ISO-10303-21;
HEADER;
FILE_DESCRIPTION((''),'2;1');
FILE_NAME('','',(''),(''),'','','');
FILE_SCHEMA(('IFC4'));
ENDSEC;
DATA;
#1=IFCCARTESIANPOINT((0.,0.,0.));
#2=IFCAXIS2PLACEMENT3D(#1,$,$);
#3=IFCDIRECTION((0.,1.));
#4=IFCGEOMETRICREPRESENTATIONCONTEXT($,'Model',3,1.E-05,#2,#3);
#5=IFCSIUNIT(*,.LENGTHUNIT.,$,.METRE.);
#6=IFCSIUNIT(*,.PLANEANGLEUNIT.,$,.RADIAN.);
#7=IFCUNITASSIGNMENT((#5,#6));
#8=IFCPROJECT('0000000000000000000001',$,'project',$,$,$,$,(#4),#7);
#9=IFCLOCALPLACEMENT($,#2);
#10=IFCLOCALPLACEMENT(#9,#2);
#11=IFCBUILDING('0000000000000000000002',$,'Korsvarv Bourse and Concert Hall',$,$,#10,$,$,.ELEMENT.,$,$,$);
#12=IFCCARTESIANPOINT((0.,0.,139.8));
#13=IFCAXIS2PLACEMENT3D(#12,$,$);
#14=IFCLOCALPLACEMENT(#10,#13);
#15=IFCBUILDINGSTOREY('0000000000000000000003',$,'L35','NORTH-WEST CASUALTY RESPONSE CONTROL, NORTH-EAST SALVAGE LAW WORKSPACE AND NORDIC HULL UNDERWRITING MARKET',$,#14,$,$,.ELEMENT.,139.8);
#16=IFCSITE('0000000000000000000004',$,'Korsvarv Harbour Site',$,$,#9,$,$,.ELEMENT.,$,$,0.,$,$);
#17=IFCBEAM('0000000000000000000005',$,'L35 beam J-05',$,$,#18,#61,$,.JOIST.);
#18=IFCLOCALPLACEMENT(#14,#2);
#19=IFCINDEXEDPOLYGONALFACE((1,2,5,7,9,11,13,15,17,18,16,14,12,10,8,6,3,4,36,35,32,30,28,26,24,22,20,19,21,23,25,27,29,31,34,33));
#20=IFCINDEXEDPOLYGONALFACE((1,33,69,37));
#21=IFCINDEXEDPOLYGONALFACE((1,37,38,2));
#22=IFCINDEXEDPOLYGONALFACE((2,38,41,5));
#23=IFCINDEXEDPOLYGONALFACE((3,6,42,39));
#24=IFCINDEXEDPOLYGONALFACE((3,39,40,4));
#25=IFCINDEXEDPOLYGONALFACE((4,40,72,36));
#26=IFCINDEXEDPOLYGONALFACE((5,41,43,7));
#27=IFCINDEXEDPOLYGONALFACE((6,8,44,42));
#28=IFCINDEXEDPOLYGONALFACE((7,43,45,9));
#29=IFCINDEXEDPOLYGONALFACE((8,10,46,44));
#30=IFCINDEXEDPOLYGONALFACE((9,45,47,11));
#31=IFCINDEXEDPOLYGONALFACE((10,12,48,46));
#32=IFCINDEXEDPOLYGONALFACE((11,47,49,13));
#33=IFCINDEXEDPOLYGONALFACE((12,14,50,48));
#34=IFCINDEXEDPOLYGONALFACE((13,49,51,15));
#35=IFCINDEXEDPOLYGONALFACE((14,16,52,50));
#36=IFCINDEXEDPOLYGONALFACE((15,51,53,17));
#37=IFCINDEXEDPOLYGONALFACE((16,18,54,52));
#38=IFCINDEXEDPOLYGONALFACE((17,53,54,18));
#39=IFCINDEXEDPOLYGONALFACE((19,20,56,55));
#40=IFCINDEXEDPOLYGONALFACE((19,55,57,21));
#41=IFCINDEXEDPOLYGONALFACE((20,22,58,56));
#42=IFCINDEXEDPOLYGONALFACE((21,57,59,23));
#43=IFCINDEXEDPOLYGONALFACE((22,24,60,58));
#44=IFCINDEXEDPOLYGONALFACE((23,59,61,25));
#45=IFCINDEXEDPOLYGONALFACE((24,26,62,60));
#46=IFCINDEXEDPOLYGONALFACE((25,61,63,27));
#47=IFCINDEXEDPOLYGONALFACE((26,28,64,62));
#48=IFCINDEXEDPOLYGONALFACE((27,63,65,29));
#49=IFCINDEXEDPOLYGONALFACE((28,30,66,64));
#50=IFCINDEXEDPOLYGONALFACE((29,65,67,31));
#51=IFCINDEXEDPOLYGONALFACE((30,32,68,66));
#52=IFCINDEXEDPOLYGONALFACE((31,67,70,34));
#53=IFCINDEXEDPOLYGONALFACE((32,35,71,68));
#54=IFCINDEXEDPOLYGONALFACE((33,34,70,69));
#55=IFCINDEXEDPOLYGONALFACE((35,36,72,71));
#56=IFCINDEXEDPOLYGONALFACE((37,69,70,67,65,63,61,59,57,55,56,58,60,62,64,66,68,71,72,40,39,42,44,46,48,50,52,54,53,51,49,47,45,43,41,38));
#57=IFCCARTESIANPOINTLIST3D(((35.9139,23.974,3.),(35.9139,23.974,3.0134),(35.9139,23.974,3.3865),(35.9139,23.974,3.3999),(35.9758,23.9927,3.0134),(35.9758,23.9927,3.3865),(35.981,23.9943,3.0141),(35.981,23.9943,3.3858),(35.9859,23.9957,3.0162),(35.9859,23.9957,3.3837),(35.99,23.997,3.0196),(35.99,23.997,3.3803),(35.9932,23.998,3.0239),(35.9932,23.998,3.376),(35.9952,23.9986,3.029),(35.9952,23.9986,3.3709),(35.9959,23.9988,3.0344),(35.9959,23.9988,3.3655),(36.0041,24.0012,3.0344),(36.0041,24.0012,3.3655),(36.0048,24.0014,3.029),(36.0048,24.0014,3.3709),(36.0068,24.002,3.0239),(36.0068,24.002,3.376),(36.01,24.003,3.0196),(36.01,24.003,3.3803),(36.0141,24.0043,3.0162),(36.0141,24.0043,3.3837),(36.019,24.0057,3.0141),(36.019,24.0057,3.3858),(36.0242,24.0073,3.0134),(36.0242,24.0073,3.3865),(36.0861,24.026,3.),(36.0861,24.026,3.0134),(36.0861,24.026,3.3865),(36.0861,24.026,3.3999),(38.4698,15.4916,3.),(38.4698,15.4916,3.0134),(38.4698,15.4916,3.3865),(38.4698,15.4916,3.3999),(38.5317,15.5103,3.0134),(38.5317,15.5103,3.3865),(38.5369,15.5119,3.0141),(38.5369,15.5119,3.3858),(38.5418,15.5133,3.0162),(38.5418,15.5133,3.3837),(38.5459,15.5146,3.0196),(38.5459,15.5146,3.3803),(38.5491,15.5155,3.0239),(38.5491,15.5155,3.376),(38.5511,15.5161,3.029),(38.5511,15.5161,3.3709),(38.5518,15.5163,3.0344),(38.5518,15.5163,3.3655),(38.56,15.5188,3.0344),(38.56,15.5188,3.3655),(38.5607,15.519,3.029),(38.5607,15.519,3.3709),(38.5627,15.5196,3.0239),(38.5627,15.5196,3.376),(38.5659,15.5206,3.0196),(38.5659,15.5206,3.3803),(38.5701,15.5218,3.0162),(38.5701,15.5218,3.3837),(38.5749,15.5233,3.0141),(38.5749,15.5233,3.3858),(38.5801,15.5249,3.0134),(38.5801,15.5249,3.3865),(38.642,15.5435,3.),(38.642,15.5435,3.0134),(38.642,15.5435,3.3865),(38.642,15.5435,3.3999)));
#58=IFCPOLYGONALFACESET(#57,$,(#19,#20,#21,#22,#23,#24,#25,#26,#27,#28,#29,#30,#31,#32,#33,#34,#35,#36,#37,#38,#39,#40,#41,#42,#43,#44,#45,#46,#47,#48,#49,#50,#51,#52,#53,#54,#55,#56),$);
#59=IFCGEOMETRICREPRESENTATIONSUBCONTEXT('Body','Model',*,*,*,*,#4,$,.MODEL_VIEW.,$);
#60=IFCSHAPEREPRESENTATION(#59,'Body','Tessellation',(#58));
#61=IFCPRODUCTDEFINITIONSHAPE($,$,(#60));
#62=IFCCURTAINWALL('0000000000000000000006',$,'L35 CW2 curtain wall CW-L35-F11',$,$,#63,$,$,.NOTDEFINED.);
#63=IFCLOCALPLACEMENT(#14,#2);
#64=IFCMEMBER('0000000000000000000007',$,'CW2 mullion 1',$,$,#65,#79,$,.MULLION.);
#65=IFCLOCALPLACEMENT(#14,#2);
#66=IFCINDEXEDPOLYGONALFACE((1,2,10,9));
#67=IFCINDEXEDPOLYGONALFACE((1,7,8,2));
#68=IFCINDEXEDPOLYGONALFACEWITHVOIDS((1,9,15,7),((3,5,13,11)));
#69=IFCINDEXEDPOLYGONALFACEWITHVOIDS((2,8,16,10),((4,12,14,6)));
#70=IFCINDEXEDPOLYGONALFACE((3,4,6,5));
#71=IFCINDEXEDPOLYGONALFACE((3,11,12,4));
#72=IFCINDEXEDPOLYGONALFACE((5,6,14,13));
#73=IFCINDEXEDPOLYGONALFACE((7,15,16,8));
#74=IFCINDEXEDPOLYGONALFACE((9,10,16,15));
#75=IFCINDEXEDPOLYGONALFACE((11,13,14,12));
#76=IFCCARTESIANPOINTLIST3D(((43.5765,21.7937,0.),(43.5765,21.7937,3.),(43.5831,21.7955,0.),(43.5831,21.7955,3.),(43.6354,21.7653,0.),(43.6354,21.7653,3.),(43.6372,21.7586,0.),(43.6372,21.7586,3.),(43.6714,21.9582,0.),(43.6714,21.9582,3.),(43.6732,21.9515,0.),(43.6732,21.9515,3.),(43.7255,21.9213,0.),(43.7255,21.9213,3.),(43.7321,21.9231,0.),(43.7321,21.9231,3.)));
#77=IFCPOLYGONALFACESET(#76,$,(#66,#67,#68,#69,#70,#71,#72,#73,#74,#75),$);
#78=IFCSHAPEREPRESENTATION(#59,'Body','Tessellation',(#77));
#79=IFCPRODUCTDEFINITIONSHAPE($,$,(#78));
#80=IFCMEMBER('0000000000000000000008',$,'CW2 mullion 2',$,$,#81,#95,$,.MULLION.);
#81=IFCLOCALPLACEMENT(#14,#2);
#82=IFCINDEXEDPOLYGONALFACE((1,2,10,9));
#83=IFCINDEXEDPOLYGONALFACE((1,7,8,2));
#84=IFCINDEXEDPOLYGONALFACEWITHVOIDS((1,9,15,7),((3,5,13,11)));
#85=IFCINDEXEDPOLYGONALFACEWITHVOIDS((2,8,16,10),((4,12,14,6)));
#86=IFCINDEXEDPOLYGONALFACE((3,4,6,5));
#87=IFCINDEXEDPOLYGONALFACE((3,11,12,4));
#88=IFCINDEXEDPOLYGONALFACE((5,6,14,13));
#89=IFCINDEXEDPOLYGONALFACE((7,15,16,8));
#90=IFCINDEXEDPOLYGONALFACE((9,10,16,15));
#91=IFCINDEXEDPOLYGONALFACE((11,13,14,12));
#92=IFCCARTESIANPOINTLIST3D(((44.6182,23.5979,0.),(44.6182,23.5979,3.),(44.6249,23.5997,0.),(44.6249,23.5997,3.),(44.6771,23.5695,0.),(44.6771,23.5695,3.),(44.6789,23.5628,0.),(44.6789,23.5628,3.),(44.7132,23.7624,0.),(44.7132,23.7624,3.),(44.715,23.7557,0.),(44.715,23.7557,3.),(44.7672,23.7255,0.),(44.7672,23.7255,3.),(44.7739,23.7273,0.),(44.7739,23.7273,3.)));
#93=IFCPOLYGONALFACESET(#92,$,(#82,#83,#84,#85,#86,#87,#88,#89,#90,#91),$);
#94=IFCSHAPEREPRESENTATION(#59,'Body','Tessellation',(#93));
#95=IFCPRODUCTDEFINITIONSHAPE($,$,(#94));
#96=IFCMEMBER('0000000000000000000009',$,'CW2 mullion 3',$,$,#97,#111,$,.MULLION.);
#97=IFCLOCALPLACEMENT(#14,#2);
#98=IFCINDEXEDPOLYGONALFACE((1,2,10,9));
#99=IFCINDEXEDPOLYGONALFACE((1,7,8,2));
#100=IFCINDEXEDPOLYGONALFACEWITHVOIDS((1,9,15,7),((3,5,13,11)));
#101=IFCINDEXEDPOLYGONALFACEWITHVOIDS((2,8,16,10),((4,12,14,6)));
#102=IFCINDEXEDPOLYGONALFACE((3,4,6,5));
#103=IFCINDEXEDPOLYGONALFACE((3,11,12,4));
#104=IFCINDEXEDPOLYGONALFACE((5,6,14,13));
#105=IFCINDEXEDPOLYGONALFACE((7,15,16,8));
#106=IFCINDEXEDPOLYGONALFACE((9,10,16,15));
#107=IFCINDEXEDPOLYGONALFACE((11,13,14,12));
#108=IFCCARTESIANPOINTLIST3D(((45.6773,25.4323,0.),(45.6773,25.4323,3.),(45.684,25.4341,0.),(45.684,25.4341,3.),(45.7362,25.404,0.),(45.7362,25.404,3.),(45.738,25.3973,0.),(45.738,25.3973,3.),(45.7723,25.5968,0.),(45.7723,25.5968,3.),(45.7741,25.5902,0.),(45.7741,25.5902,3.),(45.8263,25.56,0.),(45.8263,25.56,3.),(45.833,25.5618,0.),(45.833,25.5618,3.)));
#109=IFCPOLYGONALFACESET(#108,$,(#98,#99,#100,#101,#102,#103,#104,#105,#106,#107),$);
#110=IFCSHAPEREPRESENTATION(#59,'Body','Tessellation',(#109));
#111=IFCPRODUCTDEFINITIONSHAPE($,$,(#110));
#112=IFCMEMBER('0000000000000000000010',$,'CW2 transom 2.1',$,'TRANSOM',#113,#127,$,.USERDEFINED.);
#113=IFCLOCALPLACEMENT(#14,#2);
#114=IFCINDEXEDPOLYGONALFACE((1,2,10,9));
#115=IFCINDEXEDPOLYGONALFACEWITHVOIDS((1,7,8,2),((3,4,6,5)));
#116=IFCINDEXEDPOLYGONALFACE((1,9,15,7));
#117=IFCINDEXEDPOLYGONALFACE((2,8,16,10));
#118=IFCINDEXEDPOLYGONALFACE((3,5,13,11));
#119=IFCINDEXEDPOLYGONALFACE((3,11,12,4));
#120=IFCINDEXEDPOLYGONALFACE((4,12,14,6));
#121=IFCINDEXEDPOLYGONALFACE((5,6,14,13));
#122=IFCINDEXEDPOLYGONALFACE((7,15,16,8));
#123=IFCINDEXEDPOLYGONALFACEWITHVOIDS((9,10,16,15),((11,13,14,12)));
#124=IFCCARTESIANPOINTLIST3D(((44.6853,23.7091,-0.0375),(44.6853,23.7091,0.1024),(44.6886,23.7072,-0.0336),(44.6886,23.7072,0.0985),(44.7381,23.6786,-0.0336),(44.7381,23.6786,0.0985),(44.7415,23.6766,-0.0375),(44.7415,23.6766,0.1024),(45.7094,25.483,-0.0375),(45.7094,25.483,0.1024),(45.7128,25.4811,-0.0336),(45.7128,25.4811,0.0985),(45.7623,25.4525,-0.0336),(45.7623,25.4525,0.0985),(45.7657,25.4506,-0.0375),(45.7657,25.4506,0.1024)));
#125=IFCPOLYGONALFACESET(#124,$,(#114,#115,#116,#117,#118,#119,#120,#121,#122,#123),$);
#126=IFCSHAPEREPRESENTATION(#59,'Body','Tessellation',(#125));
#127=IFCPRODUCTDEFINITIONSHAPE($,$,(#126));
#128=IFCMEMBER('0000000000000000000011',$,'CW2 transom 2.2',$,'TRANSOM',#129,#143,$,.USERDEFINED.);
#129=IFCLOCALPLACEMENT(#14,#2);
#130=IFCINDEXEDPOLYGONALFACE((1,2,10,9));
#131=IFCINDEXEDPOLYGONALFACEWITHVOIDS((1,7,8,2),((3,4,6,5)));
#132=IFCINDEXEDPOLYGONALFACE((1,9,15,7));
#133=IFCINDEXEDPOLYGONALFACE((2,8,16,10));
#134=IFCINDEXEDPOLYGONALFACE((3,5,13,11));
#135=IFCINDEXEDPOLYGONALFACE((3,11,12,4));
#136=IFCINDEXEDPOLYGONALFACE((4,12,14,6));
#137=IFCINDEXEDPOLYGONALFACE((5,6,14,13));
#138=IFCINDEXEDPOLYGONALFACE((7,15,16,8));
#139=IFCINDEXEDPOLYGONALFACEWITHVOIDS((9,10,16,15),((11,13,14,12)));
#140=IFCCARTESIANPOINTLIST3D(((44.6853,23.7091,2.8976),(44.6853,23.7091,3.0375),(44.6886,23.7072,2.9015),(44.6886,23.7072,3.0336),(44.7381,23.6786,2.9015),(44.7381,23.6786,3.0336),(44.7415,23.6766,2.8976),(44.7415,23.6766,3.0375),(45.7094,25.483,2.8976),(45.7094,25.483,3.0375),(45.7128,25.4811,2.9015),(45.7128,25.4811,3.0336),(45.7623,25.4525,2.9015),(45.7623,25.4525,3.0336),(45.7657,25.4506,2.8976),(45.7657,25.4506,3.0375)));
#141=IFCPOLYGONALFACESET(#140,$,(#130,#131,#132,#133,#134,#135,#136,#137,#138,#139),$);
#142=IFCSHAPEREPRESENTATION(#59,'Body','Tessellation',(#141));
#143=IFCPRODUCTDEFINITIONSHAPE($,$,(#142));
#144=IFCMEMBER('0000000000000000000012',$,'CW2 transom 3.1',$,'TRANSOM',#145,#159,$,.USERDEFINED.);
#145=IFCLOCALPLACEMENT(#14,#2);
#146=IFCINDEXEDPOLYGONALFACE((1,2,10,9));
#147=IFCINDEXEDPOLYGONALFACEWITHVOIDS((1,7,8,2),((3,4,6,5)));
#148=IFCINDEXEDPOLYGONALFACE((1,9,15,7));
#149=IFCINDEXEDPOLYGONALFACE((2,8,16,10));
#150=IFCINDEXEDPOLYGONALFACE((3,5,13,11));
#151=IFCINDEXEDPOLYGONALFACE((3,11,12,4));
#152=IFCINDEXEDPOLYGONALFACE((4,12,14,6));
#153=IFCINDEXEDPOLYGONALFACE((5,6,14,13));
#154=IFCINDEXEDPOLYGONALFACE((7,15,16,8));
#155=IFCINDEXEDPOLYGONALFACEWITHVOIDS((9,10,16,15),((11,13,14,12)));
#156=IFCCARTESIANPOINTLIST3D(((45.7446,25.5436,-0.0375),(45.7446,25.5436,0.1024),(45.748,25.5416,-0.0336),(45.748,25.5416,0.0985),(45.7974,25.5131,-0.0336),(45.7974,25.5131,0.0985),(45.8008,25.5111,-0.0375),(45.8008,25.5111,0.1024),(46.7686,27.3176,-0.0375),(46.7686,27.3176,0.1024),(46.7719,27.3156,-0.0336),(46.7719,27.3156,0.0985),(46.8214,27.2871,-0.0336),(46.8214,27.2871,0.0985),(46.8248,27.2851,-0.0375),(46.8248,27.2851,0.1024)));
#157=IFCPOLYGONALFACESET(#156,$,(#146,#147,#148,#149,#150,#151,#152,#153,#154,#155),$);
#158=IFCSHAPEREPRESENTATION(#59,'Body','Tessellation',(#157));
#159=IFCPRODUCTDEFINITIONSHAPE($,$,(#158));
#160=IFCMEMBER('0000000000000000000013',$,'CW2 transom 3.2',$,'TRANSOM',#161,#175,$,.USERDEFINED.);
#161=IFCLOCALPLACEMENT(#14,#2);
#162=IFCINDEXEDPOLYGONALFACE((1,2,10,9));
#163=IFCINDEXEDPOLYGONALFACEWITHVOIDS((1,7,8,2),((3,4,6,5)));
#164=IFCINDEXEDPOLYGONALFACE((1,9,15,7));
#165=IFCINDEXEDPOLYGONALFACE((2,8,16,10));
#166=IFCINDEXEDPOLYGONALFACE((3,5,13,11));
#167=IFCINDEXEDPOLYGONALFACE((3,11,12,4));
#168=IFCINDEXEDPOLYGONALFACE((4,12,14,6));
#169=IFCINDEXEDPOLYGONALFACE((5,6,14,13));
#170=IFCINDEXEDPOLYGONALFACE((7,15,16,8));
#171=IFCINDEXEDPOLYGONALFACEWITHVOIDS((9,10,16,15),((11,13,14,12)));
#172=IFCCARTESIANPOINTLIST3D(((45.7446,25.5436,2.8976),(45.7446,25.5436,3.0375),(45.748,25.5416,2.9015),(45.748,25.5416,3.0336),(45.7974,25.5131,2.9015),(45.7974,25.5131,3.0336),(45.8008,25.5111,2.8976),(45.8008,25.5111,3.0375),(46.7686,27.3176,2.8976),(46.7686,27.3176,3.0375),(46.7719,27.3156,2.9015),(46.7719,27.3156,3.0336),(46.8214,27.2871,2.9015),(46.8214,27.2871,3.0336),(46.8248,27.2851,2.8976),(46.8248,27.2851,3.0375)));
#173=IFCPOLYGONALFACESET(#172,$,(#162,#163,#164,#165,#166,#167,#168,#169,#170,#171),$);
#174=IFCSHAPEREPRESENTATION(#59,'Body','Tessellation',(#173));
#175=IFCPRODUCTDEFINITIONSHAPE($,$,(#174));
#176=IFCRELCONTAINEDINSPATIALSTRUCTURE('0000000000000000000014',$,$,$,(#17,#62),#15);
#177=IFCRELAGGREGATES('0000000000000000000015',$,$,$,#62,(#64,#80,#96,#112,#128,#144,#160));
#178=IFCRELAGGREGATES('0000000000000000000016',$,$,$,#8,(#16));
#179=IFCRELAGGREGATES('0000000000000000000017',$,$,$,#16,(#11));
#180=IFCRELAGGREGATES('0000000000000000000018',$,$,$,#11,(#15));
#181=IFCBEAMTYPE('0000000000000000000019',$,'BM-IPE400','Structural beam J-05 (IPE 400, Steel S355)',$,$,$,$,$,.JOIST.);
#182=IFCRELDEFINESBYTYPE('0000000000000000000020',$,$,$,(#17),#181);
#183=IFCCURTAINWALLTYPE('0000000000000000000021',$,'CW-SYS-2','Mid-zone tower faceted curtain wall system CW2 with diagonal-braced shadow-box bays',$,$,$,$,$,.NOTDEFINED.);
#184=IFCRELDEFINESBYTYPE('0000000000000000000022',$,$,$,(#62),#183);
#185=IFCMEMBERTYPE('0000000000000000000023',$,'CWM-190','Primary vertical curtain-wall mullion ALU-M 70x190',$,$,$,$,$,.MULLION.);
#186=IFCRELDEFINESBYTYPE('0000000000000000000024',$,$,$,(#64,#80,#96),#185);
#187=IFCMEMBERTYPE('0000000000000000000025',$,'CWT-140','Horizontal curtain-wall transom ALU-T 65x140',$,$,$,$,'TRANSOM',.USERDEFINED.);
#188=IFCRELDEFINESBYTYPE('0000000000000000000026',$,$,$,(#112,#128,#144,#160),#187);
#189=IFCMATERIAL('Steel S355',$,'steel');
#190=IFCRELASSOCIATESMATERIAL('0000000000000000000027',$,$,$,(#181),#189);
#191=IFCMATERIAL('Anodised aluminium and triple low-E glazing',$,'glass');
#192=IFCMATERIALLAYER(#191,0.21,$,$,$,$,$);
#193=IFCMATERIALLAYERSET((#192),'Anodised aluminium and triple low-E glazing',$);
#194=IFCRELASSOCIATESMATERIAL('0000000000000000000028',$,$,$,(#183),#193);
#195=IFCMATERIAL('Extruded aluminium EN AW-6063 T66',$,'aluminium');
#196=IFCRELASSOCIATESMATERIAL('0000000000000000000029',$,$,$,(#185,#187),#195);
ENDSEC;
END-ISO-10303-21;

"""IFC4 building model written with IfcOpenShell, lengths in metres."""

from ifc_helpers import new_model, si_unit, direction, frame, origin, origin_2d, place, context, subcontext, project, spatial, hollow_rectangle, i_section, extrude, source, transform, mapped, material, layer, layer_set, material_profile, profile_set, type_object, element, aggregate, save


model = new_model("IFC4")

# Units and contexts
model_context = context("Model", 3, precision=1e-05, world=origin(), true_north=direction((0.0, 1.0)))
body_context = subcontext(model_context, "Body", "Model", "MODEL_VIEW")
ifc_project = project(units=[si_unit("LENGTHUNIT", "METRE"), si_unit("PLANEANGLEUNIT", "RADIAN")], contexts=[model_context])

# Site, building, storey
site_placement = place(None, origin())
site = spatial("IfcSite", under=ifc_project, at=site_placement, Name="Korsvarv Harbour Site", CompositionType="ELEMENT", RefElevation=0.0)
building_placement = place(site_placement, origin())
building = spatial("IfcBuilding", under=site, at=building_placement, Name="Korsvarv Bourse and Concert Hall", CompositionType="ELEMENT")
storey_placement = place(building_placement, frame((0.0, 0.0, 139.8)))
storey = spatial("IfcBuildingStorey", under=building, at=storey_placement, Name="L35", Description="NORTH-WEST CASUALTY RESPONSE CONTROL, NORTH-EAST SALVAGE LAW WORKSPACE AND NORDIC HULL UNDERWRITING MARKET", CompositionType="ELEMENT", Elevation=139.8)

# Shared definitions
ifc_material_1 = material(Name="Steel S355", Category="steel")

# Beam
ifc_material_profile_1 = material_profile(ifc_material_1, i_section(OverallWidth=0.1799, OverallDepth=0.3999, WebThickness=0.0085, FlangeThickness=0.0134, FilletRadius=0.021, at=origin_2d()), Name="IPE 400")
ifc_profile_set_1 = profile_set([ifc_material_profile_1], Name="Steel S355")
beam_type_1 = type_object("IfcBeamType", Name="BM-IPE400", Description="Structural beam J-05 (IPE 400, Steel S355)", PredefinedType="JOIST", material=ifc_profile_set_1)
shared_shape_1 = source(origin(), body_context, "Body", "SweptSolid", [
    extrude(i_section(OverallWidth=0.1799, OverallDepth=0.3999, WebThickness=0.0085, FlangeThickness=0.0134, FilletRadius=0.021, at=origin_2d()), origin(), (0.0, 0.0, 1.0), 8.8591),
])
beam_1_placement = place(storey_placement, frame((38.5559, 15.5176, 3.2), z_axis=(-0.288506, 0.957478, 0.0), x_axis=(-0.957478, -0.288506, 0.0)))
element("IfcBeam", 1, at=beam_1_placement, inside=storey, type_object=beam_type_1, Name="L35 beam J-05", PredefinedType="JOIST", context=body_context, shape_type="MappedRepresentation", body=[
    mapped(shared_shape_1, transform((0.0, 0.0, 0.0), scale=1.0)),
])

# Curtain wall, members
ifc_material_2 = material(Name="Anodised aluminium and triple low-E glazing", Category="glass")
ifc_layer_1 = layer(ifc_material_2, 0.21)
ifc_layer_set_1 = layer_set([ifc_layer_1], Name="Anodised aluminium and triple low-E glazing")
curtain_wall_type = type_object("IfcCurtainWallType", Name="CW-SYS-2", Description="Mid-zone tower faceted curtain wall system CW2 with diagonal-braced shadow-box bays", PredefinedType="NOTDEFINED", material=ifc_layer_set_1)
curtain_wall_placement = place(storey_placement, origin())
curtain_wall = element("IfcCurtainWall", 2, at=curtain_wall_placement, inside=storey, type_object=curtain_wall_type, Name="L35 CW2 curtain wall CW-L35-F11", PredefinedType="NOTDEFINED")
ifc_material_3 = material(Name="Extruded aluminium EN AW-6063 T66", Category="aluminium")
ifc_material_profile_2 = material_profile(ifc_material_3, hollow_rectangle(XDim=0.0701, YDim=0.1899, WallThickness=0.0049, at=origin_2d()), Name="ALU-M 70x190")
ifc_profile_set_2 = profile_set([ifc_material_profile_2], Name="Extruded aluminium EN AW-6063 T66")
member_type_1 = type_object("IfcMemberType", Name="CWM-190", Description="Primary vertical curtain-wall mullion ALU-M 70x190", PredefinedType="MULLION", material=ifc_profile_set_2)
shared_shape_2 = source(origin(), body_context, "Body", "SweptSolid", [
    extrude(hollow_rectangle(XDim=0.0701, YDim=0.1899, WallThickness=0.0049, at=origin_2d()), origin(), (0.0, 0.0, 1.0), 3.0),
])
member_1_placement = place(storey_placement, frame((43.6543, 21.8584, 0.0), z_axis=(0.0, 0.0, 1.0), x_axis=(-0.866025, 0.5, 0.0)))
member_1 = element("IfcMember", 3, at=member_1_placement, type_object=member_type_1, Name="CW2 mullion 1", PredefinedType="MULLION", context=body_context, shape_type="MappedRepresentation", body=[
    mapped(shared_shape_2, transform((0.0, 0.0, 0.0), scale=1.0)),
])
member_2_placement = place(storey_placement, frame((44.696, 23.6626, 0.0), z_axis=(0.0, 0.0, 1.0), x_axis=(-0.866025, 0.5, 0.0)))
member_2 = element("IfcMember", 4, at=member_2_placement, type_object=member_type_1, Name="CW2 mullion 2", PredefinedType="MULLION", context=body_context, shape_type="MappedRepresentation", body=[
    mapped(shared_shape_2, transform((0.0, 0.0, 0.0), scale=1.0)),
])
member_3_placement = place(storey_placement, frame((45.7551, 25.4971, 0.0), z_axis=(0.0, 0.0, 1.0), x_axis=(-0.866025, 0.5, 0.0)))
member_3 = element("IfcMember", 5, at=member_3_placement, type_object=member_type_1, Name="CW2 mullion 3", PredefinedType="MULLION", context=body_context, shape_type="MappedRepresentation", body=[
    mapped(shared_shape_2, transform((0.0, 0.0, 0.0), scale=1.0)),
])
ifc_material_profile_3 = material_profile(ifc_material_3, hollow_rectangle(XDim=0.0649, YDim=0.1399, WallThickness=0.0039, at=origin_2d()), Name="ALU-T 65x140")
ifc_profile_set_3 = profile_set([ifc_material_profile_3], Name="Extruded aluminium EN AW-6063 T66")
member_type_2 = type_object("IfcMemberType", Name="CWT-140", Description="Horizontal curtain-wall transom ALU-T 65x140", ElementType="TRANSOM", PredefinedType="USERDEFINED", material=ifc_profile_set_3)
shared_shape_3 = source(origin(), body_context, "Body", "SweptSolid", [
    extrude(hollow_rectangle(XDim=0.0649, YDim=0.1399, WallThickness=0.0039, at=origin_2d()), origin(), (0.0, 0.0, 1.0), 2.0483),
])
member_4_placement = place(storey_placement, frame((44.7134, 23.6929, 0.0325), z_axis=(0.499998, 0.866027, 0.0), x_axis=(-0.866027, 0.499998, 0.0)))
member_4 = element("IfcMember", 6, at=member_4_placement, type_object=member_type_2, Name="CW2 transom 2.1", ObjectType="TRANSOM", PredefinedType="USERDEFINED", context=body_context, shape_type="MappedRepresentation", body=[
    mapped(shared_shape_3, transform((0.0, 0.0, 0.0), scale=1.0)),
])
member_5_placement = place(storey_placement, frame((44.7134, 23.6929, 2.9675), z_axis=(0.499998, 0.866027, 0.0), x_axis=(-0.866027, 0.499998, 0.0)))
member_5 = element("IfcMember", 7, at=member_5_placement, type_object=member_type_2, Name="CW2 transom 2.2", ObjectType="TRANSOM", PredefinedType="USERDEFINED", context=body_context, shape_type="MappedRepresentation", body=[
    mapped(shared_shape_3, transform((0.0, 0.0, 0.0), scale=1.0)),
])
member_6_placement = place(storey_placement, frame((45.7727, 25.5273, 0.0325), z_axis=(0.499908, 0.866078, 0.0), x_axis=(-0.866078, 0.499908, 0.0)))
member_6 = element("IfcMember", 8, at=member_6_placement, type_object=member_type_2, Name="CW2 transom 3.1", ObjectType="TRANSOM", PredefinedType="USERDEFINED", context=body_context, shape_type="MappedRepresentation", body=[
    mapped(shared_shape_3, transform((0.0, 0.0, 0.0), scale=1.0)),
])
member_7_placement = place(storey_placement, frame((45.7727, 25.5273, 2.9675), z_axis=(0.499908, 0.866078, 0.0), x_axis=(-0.866078, 0.499908, 0.0)))
member_7 = element("IfcMember", 9, at=member_7_placement, type_object=member_type_2, Name="CW2 transom 3.2", ObjectType="TRANSOM", PredefinedType="USERDEFINED", context=body_context, shape_type="MappedRepresentation", body=[
    mapped(shared_shape_3, transform((0.0, 0.0, 0.0), scale=1.0)),
])
aggregate(curtain_wall, [member_1, member_2, member_3, member_4, member_5, member_6, member_7])

save(model, "model.ifc")
